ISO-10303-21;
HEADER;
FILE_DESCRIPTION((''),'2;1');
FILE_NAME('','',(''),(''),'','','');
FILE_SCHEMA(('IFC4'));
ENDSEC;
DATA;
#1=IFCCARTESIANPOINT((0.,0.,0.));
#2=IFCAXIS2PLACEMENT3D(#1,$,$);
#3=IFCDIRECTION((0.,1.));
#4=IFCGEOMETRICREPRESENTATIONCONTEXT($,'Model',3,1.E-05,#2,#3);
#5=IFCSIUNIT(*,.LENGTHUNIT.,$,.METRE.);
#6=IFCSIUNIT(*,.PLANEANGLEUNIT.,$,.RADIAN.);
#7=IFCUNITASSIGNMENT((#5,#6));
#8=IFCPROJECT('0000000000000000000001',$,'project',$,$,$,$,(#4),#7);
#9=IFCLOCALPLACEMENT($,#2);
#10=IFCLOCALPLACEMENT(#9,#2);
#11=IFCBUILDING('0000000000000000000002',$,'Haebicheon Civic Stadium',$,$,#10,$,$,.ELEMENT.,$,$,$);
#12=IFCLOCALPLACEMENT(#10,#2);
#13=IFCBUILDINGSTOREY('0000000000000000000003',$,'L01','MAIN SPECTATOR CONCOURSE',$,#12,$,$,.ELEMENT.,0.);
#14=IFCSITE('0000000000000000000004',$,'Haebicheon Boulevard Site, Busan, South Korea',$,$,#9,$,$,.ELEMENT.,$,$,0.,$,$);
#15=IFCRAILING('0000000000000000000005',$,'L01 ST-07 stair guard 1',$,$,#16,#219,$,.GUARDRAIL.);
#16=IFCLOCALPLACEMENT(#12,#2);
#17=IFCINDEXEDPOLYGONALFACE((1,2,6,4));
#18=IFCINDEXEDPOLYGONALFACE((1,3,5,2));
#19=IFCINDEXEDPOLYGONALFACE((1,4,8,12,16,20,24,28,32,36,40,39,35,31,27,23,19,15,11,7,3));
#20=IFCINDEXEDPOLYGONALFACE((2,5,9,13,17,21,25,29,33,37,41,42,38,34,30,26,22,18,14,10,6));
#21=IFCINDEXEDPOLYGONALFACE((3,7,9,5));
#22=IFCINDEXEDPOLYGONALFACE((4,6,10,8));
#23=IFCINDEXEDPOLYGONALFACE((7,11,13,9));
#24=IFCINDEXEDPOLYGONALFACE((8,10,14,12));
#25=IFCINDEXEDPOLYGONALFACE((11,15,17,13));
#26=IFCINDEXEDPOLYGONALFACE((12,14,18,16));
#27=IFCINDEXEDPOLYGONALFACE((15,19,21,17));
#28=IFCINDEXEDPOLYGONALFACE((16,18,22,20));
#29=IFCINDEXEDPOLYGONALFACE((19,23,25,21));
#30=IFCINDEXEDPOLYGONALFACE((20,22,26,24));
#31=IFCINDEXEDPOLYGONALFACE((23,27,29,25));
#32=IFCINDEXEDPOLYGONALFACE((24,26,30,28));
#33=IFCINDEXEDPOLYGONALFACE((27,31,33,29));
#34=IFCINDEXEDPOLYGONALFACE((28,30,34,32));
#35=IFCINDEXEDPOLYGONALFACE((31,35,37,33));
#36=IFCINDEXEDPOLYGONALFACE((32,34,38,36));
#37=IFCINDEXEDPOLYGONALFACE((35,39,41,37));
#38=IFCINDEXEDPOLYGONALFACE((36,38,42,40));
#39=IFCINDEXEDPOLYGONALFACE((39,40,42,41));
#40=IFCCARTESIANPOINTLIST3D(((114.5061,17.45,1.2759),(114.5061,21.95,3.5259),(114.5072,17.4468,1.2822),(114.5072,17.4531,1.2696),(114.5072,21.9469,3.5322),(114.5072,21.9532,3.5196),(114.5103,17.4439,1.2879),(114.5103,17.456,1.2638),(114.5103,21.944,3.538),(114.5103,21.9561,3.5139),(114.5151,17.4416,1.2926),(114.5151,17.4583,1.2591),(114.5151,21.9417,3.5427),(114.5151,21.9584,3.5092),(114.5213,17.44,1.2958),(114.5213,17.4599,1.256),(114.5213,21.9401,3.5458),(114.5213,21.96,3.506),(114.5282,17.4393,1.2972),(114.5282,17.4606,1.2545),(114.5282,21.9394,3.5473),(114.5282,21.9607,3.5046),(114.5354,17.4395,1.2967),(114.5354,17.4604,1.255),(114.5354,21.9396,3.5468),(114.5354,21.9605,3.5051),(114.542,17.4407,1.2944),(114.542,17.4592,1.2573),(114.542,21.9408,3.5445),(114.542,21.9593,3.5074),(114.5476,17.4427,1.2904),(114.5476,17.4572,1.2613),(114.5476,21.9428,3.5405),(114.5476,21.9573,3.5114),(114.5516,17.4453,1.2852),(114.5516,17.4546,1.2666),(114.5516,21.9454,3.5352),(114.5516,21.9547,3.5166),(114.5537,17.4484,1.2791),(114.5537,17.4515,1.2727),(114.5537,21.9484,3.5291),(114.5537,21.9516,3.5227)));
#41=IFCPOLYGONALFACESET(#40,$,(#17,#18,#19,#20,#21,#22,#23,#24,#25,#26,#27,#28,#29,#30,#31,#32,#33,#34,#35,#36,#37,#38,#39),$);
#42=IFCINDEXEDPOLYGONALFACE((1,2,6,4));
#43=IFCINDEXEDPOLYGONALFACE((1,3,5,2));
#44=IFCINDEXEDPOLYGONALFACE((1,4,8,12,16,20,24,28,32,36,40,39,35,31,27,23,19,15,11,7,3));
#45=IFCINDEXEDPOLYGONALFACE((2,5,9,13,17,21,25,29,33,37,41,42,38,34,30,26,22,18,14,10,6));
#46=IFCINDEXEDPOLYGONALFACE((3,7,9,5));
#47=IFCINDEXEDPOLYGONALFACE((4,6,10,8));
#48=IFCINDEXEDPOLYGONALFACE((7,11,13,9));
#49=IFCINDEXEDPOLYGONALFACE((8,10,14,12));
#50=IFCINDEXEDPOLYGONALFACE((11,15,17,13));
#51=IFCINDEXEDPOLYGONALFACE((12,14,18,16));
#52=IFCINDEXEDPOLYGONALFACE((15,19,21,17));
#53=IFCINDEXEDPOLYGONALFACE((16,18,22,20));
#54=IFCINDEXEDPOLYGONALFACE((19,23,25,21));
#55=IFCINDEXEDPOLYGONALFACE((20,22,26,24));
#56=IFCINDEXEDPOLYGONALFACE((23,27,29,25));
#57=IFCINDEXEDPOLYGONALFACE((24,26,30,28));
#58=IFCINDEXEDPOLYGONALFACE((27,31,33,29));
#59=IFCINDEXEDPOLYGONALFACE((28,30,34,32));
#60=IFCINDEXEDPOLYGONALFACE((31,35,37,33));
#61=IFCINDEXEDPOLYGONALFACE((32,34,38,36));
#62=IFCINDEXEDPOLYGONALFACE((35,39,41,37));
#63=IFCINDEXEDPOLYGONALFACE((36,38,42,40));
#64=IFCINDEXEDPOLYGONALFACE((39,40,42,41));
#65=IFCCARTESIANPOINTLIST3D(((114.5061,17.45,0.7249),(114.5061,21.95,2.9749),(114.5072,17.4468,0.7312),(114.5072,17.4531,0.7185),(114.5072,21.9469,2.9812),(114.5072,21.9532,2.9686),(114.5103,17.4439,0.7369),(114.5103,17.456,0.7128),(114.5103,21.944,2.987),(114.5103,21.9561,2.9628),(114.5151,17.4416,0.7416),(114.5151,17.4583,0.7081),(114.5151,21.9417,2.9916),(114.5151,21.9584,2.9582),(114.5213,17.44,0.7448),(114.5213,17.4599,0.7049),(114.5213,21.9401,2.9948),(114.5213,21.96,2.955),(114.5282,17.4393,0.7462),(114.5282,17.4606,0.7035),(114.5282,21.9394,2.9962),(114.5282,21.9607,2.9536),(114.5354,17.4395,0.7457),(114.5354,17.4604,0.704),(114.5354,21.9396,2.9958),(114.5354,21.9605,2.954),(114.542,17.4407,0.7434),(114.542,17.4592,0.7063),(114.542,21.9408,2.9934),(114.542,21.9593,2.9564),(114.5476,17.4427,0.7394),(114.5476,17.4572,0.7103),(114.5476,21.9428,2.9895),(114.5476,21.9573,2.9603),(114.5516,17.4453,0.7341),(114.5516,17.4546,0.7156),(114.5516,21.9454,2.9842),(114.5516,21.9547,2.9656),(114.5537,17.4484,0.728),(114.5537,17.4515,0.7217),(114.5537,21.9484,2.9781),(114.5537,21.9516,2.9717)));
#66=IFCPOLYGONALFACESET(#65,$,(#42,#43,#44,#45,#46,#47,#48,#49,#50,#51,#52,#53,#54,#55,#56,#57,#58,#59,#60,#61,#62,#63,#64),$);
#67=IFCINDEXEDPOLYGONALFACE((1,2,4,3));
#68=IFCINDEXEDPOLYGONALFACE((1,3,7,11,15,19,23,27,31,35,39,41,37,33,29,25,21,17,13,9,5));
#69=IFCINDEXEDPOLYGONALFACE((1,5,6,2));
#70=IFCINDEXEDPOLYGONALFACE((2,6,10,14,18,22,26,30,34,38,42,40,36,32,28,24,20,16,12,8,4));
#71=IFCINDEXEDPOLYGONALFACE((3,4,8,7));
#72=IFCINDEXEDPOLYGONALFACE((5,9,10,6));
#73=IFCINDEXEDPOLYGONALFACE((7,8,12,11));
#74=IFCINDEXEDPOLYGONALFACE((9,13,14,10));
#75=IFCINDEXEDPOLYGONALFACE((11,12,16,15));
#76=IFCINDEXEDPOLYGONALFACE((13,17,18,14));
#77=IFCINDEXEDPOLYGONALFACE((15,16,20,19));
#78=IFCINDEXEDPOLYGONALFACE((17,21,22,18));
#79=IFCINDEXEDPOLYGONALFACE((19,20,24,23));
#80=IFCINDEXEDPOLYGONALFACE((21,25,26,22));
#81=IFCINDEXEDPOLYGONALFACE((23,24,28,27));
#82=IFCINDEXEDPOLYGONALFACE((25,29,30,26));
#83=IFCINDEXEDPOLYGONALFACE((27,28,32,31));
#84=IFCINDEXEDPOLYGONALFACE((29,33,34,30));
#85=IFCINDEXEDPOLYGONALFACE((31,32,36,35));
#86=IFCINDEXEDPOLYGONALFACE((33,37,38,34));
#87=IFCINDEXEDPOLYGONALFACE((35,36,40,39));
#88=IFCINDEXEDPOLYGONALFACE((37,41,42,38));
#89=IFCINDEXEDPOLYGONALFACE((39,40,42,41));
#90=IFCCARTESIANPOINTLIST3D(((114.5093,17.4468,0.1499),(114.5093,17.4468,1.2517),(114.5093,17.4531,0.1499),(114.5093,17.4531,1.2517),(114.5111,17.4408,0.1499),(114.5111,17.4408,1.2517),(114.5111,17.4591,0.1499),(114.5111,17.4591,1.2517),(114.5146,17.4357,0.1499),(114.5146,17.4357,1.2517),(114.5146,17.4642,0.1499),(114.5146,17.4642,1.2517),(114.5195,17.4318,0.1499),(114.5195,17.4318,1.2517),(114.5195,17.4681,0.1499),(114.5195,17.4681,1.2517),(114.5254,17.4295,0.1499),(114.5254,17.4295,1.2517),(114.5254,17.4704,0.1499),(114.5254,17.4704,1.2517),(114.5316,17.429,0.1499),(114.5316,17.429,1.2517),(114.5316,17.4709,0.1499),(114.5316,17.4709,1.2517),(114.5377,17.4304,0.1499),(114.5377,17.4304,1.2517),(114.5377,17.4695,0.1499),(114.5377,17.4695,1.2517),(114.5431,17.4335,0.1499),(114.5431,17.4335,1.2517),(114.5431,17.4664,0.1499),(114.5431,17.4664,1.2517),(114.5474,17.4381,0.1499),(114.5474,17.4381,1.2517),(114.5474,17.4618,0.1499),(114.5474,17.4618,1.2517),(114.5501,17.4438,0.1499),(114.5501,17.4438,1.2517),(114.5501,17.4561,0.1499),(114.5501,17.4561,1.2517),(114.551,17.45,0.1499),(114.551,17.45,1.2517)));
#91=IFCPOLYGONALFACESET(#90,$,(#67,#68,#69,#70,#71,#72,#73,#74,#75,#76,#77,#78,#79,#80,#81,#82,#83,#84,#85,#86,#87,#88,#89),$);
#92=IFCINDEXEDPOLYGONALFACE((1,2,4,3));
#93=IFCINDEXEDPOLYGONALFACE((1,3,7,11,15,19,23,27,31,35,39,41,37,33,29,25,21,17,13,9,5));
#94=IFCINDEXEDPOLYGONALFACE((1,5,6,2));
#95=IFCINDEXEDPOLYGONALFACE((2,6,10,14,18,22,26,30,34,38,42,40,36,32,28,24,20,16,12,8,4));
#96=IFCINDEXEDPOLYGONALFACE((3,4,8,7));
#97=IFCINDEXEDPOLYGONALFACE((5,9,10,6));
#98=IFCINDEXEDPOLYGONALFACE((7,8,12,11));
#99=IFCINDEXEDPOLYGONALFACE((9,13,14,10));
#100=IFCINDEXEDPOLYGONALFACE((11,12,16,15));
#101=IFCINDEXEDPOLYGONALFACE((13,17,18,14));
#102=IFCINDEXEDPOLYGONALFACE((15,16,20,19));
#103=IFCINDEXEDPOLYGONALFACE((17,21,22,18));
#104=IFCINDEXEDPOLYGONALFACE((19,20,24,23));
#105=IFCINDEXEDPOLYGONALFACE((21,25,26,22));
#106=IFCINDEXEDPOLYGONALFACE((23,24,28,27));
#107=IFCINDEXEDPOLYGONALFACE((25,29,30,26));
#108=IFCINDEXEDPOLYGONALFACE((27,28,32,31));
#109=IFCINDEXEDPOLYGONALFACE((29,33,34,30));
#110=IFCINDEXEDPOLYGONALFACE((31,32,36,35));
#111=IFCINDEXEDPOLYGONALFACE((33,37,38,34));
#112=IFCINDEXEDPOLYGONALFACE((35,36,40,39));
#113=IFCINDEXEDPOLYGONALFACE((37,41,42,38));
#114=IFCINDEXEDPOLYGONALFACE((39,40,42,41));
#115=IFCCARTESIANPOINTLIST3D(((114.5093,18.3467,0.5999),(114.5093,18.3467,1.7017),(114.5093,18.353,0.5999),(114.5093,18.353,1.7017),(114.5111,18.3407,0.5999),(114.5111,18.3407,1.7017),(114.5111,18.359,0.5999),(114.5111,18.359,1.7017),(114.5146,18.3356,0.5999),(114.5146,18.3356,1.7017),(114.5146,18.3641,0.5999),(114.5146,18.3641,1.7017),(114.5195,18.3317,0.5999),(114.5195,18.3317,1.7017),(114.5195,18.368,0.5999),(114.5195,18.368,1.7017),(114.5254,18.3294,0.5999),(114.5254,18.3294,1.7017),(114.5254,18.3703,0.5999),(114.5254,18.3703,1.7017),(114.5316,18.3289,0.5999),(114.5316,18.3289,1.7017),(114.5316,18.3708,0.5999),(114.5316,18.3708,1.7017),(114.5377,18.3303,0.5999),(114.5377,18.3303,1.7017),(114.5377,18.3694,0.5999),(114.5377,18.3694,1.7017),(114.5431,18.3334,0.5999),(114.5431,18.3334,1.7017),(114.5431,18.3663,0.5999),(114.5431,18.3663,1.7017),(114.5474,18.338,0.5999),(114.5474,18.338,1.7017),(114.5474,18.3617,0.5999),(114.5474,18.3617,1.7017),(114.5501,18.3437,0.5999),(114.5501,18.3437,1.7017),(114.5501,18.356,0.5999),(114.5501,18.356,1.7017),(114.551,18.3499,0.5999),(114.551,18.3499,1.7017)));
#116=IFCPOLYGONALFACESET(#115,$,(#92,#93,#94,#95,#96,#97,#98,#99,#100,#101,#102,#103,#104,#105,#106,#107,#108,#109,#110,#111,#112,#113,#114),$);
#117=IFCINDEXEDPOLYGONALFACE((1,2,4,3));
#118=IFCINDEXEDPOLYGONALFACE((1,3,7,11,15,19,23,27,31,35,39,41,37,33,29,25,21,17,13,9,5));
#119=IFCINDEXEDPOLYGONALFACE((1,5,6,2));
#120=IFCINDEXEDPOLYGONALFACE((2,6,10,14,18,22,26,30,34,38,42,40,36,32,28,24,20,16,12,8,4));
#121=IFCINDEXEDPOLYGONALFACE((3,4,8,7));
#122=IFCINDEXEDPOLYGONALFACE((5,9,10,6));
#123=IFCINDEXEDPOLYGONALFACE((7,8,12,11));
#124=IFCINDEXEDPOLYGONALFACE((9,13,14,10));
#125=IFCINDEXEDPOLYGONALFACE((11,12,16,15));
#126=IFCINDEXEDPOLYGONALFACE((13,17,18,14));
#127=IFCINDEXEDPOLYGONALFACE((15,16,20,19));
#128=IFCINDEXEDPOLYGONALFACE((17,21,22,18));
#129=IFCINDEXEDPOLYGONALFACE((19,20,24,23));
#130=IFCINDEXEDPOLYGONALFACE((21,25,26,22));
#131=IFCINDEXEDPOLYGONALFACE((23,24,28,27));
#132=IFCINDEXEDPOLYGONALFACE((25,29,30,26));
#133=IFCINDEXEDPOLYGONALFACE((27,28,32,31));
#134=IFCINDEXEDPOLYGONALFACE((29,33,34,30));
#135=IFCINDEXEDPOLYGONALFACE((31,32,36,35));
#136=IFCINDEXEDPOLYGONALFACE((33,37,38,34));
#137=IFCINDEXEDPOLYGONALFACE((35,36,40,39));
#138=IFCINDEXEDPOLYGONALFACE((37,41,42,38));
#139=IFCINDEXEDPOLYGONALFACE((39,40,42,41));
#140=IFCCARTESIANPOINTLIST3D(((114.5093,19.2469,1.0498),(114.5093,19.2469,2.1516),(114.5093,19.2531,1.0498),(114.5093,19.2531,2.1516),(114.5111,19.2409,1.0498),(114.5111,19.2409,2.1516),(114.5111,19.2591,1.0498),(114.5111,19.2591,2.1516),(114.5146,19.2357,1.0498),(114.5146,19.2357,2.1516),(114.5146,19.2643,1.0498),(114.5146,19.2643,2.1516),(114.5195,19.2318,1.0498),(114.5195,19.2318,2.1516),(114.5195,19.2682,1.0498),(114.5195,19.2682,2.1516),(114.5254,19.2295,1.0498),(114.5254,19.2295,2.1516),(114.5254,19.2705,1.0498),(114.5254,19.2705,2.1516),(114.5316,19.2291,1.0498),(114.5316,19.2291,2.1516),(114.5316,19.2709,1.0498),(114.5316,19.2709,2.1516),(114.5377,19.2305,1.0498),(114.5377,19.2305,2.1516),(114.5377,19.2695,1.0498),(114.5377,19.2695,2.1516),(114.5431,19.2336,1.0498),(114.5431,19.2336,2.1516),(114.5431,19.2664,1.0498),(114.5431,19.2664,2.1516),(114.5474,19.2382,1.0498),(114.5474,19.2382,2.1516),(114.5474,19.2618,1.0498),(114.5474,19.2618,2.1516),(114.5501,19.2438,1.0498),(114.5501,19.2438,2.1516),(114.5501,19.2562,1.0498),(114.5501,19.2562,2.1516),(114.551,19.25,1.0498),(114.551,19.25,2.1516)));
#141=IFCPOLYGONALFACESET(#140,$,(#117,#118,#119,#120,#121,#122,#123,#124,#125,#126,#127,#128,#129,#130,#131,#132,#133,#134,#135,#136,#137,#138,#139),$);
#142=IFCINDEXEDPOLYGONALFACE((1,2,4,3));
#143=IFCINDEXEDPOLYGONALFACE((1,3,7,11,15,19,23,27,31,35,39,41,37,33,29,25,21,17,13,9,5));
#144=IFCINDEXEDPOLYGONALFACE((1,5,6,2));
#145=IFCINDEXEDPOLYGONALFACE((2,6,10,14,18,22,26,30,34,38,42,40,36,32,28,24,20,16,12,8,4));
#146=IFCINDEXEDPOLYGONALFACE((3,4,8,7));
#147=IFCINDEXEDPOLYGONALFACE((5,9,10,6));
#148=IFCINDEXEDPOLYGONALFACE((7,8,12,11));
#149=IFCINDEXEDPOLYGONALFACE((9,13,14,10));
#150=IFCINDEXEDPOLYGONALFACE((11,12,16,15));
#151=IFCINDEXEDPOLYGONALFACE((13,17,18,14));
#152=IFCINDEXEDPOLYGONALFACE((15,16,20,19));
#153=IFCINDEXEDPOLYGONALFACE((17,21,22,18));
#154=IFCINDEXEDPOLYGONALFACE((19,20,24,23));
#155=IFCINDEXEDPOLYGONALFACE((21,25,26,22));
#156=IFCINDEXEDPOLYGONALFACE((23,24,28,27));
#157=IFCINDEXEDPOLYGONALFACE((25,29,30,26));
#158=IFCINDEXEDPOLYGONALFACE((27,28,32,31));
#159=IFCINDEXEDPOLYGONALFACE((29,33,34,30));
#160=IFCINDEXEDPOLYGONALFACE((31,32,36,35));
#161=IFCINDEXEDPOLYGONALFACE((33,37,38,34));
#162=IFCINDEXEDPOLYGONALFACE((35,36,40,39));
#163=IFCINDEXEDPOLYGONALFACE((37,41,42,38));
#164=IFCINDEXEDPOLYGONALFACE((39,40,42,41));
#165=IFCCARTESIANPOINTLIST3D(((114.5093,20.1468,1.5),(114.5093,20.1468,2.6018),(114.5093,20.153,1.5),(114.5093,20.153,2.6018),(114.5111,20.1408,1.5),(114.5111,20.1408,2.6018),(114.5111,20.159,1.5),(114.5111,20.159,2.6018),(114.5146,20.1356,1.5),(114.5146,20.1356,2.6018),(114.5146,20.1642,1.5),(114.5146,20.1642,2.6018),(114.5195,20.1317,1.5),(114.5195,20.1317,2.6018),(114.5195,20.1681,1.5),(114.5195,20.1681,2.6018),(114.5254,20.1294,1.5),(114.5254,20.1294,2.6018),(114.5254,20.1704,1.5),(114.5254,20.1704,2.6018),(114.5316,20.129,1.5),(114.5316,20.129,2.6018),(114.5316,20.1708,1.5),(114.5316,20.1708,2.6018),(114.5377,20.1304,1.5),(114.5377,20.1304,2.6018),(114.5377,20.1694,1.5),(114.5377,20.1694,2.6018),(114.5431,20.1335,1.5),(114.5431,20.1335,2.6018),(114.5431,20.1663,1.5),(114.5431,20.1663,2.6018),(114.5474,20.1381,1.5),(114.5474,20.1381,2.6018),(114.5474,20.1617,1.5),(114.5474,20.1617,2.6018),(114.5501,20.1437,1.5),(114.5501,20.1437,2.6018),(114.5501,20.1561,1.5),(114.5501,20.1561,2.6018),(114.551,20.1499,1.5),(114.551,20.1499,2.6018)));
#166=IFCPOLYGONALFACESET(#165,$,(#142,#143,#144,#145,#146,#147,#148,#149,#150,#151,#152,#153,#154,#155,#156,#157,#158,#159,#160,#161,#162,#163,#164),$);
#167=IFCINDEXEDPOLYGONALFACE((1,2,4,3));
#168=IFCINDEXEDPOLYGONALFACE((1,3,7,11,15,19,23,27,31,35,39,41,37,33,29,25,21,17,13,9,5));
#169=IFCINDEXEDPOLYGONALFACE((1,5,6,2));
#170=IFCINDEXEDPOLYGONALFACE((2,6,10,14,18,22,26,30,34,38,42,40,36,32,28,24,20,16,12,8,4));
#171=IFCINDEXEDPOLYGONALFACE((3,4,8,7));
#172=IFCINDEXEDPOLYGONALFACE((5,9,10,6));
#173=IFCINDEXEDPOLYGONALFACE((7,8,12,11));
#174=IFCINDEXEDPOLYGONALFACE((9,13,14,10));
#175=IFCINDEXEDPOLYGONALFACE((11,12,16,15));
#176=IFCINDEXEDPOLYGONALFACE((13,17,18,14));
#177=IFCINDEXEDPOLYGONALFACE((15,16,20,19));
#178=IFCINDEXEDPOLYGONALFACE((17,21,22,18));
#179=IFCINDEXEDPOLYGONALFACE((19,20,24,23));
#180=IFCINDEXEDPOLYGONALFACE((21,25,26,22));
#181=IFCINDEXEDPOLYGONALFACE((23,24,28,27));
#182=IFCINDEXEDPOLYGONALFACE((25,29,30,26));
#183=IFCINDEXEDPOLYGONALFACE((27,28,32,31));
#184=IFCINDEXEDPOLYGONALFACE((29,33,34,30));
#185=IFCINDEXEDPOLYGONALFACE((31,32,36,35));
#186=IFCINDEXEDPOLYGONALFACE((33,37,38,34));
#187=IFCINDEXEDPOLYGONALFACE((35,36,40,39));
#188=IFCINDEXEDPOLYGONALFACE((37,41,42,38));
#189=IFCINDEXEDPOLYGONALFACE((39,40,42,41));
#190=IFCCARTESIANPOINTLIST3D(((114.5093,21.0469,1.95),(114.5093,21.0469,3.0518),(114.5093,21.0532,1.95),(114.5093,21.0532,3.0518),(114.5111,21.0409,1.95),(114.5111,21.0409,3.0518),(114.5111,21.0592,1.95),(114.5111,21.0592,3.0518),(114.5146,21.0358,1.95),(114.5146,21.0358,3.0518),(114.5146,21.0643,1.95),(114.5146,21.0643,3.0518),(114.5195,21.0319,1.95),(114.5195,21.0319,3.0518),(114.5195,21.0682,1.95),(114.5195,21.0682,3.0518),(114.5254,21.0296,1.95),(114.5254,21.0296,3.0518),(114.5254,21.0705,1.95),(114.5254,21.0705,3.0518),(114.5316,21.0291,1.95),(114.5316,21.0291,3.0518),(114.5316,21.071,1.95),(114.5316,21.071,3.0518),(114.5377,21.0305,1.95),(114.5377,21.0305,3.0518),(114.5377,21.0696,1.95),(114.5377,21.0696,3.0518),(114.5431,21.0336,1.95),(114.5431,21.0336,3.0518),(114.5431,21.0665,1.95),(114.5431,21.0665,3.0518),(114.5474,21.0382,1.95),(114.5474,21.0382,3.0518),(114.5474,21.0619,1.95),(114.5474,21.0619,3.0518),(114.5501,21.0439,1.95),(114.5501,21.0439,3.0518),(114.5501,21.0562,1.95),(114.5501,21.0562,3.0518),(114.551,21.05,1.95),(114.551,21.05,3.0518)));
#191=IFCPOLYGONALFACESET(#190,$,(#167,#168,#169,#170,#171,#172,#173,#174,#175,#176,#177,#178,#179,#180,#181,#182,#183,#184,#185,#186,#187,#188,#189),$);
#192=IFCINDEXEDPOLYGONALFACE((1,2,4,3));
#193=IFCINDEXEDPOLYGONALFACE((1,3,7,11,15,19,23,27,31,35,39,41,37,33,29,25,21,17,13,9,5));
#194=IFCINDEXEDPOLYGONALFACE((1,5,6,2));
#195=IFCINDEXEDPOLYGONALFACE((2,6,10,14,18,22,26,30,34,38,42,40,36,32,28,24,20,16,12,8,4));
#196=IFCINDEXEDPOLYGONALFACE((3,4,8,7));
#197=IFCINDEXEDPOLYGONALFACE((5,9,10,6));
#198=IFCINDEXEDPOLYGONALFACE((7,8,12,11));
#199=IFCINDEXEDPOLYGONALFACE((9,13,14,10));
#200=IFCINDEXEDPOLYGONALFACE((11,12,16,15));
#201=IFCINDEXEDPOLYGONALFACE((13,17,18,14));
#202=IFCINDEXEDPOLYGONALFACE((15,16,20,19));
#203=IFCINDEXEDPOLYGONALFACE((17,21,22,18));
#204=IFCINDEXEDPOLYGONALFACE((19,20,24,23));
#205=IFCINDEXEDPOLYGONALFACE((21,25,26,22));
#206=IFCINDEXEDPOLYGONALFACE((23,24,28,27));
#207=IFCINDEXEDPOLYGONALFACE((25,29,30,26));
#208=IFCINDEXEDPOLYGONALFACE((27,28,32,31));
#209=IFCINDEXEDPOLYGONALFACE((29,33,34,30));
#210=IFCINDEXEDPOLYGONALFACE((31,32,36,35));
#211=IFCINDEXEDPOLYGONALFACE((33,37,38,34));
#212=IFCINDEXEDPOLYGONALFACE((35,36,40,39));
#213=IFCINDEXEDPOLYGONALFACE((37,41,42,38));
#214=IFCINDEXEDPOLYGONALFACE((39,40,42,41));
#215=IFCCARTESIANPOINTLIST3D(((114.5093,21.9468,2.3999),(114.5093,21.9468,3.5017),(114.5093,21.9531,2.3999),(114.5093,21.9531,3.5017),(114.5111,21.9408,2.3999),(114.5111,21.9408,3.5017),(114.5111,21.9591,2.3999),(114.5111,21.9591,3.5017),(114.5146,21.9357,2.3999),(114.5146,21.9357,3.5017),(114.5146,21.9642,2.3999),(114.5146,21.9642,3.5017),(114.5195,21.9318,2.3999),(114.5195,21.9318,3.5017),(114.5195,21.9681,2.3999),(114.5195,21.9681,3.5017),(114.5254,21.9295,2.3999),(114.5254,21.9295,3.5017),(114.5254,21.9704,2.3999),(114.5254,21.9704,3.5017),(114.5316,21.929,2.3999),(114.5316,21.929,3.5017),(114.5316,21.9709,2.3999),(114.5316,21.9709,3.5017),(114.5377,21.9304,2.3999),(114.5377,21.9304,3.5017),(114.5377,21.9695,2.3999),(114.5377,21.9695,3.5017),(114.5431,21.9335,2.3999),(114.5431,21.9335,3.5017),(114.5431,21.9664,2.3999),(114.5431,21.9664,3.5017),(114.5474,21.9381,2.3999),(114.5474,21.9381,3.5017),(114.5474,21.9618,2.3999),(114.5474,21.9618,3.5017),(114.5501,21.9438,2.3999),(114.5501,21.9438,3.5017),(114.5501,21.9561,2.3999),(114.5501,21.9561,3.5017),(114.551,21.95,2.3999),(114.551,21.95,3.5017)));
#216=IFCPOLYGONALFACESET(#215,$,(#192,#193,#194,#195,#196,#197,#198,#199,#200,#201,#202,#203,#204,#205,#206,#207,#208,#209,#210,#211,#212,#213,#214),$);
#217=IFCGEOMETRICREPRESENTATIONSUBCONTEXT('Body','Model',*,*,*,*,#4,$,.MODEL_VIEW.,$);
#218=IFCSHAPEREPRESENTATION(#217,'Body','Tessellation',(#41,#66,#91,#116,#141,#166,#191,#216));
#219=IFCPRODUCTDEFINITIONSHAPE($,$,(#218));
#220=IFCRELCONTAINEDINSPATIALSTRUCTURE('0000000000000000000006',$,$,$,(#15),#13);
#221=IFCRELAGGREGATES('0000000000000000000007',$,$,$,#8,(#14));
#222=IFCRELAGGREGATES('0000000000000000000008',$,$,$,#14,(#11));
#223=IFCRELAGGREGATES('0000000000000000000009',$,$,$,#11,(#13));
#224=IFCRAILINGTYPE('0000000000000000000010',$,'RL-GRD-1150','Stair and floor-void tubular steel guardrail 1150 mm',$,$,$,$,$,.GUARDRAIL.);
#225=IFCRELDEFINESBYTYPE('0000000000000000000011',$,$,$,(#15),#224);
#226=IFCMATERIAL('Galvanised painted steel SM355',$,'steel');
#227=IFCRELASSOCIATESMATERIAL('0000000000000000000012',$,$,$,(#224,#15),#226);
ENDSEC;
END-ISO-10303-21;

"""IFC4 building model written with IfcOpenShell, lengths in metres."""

from ifc_helpers import new_model, si_unit, direction, frame, origin, origin_2d, place, context, subcontext, project, spatial, circle, extrude, material, type_object, element, save


model = new_model("IFC4")

# Units and contexts
model_context = context("Model", 3, precision=1e-05, world=origin(), true_north=direction((0.0, 1.0)))
body_context = subcontext(model_context, "Body", "Model", "MODEL_VIEW")
ifc_project = project(units=[si_unit("LENGTHUNIT", "METRE"), si_unit("PLANEANGLEUNIT", "RADIAN")], contexts=[model_context])

# Site, building, storey
site_placement = place(None, origin())
site = spatial("IfcSite", under=ifc_project, at=site_placement, Name="Haebicheon Boulevard Site, Busan, South Korea", CompositionType="ELEMENT", RefElevation=0.0)
building_placement = place(site_placement, origin())
building = spatial("IfcBuilding", under=site, at=building_placement, Name="Haebicheon Civic Stadium", CompositionType="ELEMENT")
storey_placement = place(building_placement, origin())
storey = spatial("IfcBuildingStorey", under=building, at=storey_placement, Name="L01", Description="MAIN SPECTATOR CONCOURSE", CompositionType="ELEMENT", Elevation=0.0)

# Railing
ifc_material_1 = material(Name="Galvanised painted steel SM355", Category="steel")
railing_type_1 = type_object("IfcRailingType", Name="RL-GRD-1150", Description="Stair and floor-void tubular steel guardrail 1150 mm", PredefinedType="GUARDRAIL", material=ifc_material_1)
railing_1_placement = place(storey_placement, frame((114.53, 17.45, 0.1499)))
element("IfcRailing", 1, at=railing_1_placement, inside=storey, type_object=railing_type_1, material=ifc_material_1, Name="L01 ST-07 stair guard 1", PredefinedType="GUARDRAIL", context=body_context, shape_type="SweptSolid", body=[
    extrude(circle(Radius=0.0239, at=origin_2d()), frame((0.0, 0.0, 1.126), z_axis=(0.0, 0.894427, 0.447214), x_axis=(-1.0, 0.0, 0.0)), (0.0, 0.0, 1.0), 5.0312),
    extrude(circle(Radius=0.0239, at=origin_2d()), frame((0.0, 0.0, 0.575), z_axis=(0.0, 0.894427, 0.447214), x_axis=(-1.0, 0.0, 0.0)), (0.0, 0.0, 1.0), 5.0312),
    extrude(circle(Radius=0.021, at=origin_2d()), origin(), (0.0, 0.0, 1.0), 1.1018),
    extrude(circle(Radius=0.021, at=origin_2d()), frame((0.0, 0.8999, 0.45)), (0.0, 0.0, 1.0), 1.1018),
    extrude(circle(Radius=0.021, at=origin_2d()), frame((0.0, 1.8, 0.8999)), (0.0, 0.0, 1.0), 1.1018),
    extrude(circle(Radius=0.021, at=origin_2d()), frame((0.0, 2.7, 1.3501)), (0.0, 0.0, 1.0), 1.1018),
    extrude(circle(Radius=0.021, at=origin_2d()), frame((0.0, 3.6001, 1.8)), (0.0, 0.0, 1.0), 1.1018),
    extrude(circle(Radius=0.021, at=origin_2d()), frame((0.0, 4.5, 2.25)), (0.0, 0.0, 1.0), 1.1018),
])

save(model, "model.ifc")
